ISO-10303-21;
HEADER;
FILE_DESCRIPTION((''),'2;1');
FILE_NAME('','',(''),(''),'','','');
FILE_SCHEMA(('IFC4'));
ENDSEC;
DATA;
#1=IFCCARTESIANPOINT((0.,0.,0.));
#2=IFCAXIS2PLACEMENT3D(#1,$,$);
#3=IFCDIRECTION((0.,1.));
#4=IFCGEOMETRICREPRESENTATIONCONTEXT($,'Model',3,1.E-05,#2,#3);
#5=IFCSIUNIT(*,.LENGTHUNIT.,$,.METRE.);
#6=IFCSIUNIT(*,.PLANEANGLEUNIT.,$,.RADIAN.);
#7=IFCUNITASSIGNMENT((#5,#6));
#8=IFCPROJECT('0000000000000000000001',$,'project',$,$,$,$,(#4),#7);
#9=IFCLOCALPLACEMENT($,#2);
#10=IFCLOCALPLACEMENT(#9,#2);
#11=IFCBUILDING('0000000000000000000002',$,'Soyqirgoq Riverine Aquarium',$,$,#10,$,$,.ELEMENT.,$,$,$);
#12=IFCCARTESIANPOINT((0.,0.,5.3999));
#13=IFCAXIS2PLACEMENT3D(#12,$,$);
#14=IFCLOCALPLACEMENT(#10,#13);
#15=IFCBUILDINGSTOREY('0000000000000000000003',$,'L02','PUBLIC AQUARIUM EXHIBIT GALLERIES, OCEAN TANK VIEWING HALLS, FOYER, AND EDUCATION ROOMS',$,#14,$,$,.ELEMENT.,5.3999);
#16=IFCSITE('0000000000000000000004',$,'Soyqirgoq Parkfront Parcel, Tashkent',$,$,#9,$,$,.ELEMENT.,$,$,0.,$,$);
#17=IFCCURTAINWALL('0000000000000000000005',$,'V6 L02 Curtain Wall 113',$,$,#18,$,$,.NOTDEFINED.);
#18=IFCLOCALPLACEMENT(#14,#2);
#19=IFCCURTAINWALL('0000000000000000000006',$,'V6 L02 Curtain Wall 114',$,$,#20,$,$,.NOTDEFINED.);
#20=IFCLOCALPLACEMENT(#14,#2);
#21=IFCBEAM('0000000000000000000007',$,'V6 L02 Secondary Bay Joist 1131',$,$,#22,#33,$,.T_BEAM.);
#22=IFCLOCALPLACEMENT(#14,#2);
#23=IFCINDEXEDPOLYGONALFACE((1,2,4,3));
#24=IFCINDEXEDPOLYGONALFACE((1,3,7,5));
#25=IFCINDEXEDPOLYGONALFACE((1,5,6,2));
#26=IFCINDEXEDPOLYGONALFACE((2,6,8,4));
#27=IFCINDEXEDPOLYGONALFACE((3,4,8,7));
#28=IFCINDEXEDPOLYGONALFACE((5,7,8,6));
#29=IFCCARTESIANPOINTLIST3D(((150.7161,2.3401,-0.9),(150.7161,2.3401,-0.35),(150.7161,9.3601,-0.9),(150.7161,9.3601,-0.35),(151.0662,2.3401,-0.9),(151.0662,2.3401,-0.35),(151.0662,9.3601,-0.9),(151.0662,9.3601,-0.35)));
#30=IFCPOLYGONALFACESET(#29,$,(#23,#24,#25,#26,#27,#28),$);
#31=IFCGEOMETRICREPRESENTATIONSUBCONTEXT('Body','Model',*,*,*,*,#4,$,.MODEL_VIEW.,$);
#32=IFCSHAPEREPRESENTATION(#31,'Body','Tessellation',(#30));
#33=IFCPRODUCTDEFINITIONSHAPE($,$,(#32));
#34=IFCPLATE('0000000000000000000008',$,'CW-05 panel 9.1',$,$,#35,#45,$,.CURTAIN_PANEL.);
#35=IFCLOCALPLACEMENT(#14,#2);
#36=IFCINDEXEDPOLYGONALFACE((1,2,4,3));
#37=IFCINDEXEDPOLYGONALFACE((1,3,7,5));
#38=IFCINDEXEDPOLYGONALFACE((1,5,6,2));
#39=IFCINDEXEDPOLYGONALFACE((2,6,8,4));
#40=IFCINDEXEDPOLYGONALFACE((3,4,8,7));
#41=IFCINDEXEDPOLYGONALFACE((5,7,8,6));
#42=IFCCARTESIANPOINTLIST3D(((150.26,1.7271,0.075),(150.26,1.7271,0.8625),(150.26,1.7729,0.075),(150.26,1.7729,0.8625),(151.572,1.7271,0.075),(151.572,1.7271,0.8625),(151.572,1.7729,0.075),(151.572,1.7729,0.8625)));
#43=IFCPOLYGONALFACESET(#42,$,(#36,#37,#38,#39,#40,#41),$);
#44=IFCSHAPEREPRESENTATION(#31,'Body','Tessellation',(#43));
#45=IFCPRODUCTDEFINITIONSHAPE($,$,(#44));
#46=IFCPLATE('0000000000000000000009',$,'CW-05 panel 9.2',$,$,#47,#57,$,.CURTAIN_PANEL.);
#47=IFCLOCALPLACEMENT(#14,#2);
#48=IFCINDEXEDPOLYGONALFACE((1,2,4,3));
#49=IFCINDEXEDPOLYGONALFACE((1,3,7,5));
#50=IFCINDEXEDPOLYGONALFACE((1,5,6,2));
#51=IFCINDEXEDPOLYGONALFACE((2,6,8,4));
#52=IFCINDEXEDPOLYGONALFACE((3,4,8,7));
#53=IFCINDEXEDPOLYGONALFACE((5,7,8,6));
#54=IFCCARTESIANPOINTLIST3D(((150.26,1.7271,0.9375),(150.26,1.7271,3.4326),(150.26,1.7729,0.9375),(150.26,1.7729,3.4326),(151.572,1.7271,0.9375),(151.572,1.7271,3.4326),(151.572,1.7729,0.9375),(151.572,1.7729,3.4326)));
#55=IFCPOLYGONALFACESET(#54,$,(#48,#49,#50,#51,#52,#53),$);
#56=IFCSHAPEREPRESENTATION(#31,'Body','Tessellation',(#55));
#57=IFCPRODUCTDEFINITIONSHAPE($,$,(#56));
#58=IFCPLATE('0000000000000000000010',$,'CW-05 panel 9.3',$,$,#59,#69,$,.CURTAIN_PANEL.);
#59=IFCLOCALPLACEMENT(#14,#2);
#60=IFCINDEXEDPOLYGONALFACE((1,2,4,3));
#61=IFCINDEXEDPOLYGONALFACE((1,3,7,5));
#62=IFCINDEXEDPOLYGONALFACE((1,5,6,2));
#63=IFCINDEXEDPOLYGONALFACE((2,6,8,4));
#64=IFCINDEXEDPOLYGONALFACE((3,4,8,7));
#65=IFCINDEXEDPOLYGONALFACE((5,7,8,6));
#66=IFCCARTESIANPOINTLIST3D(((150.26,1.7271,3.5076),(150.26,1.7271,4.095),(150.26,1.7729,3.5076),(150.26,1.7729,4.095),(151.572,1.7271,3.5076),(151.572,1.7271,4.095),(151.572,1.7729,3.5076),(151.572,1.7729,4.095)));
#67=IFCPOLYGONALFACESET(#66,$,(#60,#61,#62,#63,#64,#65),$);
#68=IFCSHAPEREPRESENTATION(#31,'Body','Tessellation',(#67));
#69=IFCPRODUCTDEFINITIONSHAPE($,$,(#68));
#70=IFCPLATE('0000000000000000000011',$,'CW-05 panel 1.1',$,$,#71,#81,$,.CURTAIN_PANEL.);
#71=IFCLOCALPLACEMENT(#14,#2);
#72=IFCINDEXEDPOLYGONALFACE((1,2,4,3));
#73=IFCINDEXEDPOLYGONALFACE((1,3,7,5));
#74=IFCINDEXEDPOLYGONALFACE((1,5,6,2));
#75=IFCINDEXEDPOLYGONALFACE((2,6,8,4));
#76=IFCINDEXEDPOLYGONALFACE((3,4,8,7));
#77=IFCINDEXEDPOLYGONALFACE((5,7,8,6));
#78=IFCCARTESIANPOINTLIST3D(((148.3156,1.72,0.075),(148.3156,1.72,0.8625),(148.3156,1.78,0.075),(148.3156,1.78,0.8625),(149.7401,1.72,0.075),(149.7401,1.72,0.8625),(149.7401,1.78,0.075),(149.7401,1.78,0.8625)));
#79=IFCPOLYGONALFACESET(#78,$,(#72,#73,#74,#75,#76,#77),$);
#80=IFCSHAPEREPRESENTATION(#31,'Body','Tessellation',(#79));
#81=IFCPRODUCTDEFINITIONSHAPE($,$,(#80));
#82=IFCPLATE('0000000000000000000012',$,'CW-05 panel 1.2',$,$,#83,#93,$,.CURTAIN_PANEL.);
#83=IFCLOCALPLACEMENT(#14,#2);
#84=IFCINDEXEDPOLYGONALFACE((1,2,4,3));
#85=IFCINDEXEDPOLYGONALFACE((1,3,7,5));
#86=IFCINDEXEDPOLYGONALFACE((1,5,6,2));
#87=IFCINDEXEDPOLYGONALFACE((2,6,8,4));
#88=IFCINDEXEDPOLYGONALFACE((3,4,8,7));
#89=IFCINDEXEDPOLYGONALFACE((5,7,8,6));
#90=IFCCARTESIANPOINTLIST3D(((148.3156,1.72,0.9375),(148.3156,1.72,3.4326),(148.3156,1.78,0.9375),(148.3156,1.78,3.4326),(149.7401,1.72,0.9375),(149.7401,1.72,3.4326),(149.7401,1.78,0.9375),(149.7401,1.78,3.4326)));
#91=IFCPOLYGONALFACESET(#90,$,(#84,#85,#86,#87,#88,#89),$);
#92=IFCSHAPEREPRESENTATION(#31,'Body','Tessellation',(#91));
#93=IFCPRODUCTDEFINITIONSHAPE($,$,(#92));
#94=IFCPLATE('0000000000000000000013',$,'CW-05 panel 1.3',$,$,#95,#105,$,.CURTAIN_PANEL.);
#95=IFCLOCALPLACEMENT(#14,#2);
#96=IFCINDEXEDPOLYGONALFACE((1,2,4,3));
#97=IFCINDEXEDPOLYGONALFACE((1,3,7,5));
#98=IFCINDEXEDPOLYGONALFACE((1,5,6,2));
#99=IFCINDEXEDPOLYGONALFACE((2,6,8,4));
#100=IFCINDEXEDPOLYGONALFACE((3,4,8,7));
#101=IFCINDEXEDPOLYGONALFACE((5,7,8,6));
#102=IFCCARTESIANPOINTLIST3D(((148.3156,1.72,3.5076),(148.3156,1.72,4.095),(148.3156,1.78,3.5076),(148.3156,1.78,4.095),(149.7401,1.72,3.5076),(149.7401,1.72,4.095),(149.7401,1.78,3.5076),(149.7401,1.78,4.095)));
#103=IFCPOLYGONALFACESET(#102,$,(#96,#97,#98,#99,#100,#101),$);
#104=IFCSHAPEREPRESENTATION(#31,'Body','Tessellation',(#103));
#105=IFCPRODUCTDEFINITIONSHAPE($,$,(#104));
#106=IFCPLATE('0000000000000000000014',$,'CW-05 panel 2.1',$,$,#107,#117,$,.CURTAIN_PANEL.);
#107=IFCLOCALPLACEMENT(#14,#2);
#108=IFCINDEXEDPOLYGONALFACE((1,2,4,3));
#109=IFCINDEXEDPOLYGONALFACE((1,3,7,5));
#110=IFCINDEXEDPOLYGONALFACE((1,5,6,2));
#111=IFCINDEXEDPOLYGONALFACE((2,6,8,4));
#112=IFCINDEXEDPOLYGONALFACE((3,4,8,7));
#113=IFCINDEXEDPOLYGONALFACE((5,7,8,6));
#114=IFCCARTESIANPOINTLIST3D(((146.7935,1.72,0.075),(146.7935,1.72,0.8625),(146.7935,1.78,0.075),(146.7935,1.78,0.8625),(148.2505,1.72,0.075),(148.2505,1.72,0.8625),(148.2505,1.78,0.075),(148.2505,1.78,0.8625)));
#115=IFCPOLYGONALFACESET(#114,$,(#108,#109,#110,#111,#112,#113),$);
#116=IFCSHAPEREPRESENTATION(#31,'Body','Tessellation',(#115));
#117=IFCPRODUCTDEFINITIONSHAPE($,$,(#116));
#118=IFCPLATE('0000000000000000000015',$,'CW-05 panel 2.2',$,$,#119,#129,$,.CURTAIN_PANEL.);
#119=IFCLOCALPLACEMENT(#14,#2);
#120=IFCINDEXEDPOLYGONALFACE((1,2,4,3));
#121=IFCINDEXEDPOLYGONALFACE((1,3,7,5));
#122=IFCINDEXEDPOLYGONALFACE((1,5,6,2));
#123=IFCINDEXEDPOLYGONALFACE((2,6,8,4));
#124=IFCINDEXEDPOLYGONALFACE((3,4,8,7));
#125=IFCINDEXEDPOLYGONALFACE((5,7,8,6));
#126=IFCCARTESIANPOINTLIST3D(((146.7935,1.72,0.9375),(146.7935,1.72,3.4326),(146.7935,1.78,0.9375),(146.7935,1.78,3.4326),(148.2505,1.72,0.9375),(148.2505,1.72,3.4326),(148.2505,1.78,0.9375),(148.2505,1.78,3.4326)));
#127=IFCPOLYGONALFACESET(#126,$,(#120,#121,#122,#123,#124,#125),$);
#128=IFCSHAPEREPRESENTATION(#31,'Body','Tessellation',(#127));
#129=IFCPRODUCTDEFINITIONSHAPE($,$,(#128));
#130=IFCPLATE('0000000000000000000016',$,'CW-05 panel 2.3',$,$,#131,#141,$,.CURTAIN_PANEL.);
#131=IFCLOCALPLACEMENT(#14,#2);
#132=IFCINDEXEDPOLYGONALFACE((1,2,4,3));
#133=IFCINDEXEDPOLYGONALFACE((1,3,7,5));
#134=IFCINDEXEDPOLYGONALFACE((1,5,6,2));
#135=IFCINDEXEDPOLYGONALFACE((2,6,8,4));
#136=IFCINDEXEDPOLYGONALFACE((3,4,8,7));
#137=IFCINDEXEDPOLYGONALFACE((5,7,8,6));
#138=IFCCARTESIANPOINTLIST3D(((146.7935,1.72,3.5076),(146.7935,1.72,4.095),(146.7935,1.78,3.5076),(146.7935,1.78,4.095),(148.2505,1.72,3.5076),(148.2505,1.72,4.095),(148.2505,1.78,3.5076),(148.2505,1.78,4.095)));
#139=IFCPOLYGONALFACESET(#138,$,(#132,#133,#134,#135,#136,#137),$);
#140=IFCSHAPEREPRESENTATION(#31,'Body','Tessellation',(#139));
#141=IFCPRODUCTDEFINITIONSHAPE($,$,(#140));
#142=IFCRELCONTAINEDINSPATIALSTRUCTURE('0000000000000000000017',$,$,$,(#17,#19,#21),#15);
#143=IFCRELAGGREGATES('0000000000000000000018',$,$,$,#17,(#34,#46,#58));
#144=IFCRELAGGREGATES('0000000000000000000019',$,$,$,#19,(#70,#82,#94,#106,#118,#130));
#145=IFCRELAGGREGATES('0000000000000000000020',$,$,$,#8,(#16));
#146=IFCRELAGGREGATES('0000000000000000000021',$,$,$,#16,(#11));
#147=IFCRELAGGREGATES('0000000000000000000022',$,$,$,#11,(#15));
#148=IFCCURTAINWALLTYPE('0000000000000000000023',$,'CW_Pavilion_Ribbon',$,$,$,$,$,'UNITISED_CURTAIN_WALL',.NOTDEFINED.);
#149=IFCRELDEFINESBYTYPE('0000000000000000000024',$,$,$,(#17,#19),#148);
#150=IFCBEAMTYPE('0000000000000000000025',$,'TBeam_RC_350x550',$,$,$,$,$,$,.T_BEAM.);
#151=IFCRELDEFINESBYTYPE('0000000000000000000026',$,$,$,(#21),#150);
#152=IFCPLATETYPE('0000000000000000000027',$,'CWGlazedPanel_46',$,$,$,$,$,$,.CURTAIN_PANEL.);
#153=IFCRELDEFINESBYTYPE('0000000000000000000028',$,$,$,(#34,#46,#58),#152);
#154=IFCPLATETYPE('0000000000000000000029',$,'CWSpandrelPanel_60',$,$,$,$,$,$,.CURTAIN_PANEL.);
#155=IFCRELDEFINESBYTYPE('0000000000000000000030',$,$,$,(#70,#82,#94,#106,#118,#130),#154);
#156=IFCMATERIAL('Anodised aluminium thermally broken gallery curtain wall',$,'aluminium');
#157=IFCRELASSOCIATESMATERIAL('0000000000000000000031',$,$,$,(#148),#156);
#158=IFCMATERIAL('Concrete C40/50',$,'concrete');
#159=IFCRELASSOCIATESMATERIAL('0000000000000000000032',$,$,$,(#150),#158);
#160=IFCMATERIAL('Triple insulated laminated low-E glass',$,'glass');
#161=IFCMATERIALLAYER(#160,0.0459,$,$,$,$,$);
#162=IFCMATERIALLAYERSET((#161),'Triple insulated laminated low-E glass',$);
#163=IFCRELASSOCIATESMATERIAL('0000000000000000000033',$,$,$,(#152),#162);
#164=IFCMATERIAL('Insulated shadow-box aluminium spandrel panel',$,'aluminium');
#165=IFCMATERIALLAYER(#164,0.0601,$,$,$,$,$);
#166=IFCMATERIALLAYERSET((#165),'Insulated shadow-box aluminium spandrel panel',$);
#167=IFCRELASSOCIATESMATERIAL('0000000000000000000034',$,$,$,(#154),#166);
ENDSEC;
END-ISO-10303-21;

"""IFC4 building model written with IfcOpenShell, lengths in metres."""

from ifc_helpers import new_model, si_unit, direction, frame, origin, origin_2d, place, context, subcontext, project, spatial, rectangle, extrude, material, layer, layer_set, material_profile, profile_set, type_object, element, aggregate, save


model = new_model("IFC4")

# Units and contexts
model_context = context("Model", 3, precision=1e-05, world=origin(), true_north=direction((0.0, 1.0)))
body_context = subcontext(model_context, "Body", "Model", "MODEL_VIEW")
ifc_project = project(units=[si_unit("LENGTHUNIT", "METRE"), si_unit("PLANEANGLEUNIT", "RADIAN")], contexts=[model_context])

# Site, building, storey
site_placement = place(None, origin())
site = spatial("IfcSite", under=ifc_project, at=site_placement, Name="Soyqirgoq Parkfront Parcel, Tashkent", CompositionType="ELEMENT", RefElevation=0.0)
building_placement = place(site_placement, origin())
building = spatial("IfcBuilding", under=site, at=building_placement, Name="Soyqirgoq Riverine Aquarium", CompositionType="ELEMENT")
storey_placement = place(building_placement, frame((0.0, 0.0, 5.3999)))
storey = spatial("IfcBuildingStorey", under=building, at=storey_placement, Name="L02", Description="PUBLIC AQUARIUM EXHIBIT GALLERIES, OCEAN TANK VIEWING HALLS, FOYER, AND EDUCATION ROOMS", CompositionType="ELEMENT", Elevation=5.3999)

# Curtain wall
ifc_material_1 = material(Name="Anodised aluminium thermally broken gallery curtain wall", Category="aluminium")
curtain_wall_type = type_object("IfcCurtainWallType", Name="CW_Pavilion_Ribbon", ElementType="UNITISED_CURTAIN_WALL", PredefinedType="NOTDEFINED", material=ifc_material_1)
curtain_wall_1_placement = place(storey_placement, origin())
curtain_wall_1 = element("IfcCurtainWall", 1, at=curtain_wall_1_placement, inside=storey, type_object=curtain_wall_type, Name="V6 L02 Curtain Wall 113", PredefinedType="NOTDEFINED")

# Curtain wall
curtain_wall_2_placement = place(storey_placement, origin())
curtain_wall_2 = element("IfcCurtainWall", 2, at=curtain_wall_2_placement, inside=storey, type_object=curtain_wall_type, Name="V6 L02 Curtain Wall 114", PredefinedType="NOTDEFINED")

# Beam
ifc_material_2 = material(Name="Concrete C40/50", Category="concrete")
ifc_material_profile_1 = material_profile(ifc_material_2, rectangle(XDim=0.3501, YDim=0.55, at=origin_2d()), Name="RC 350x550")
ifc_profile_set_1 = profile_set([ifc_material_profile_1], Name="Concrete C40/50")
beam_type_1 = type_object("IfcBeamType", Name="TBeam_RC_350x550", PredefinedType="T_BEAM", material=ifc_profile_set_1)
beam_1_placement = place(storey_placement, frame((150.8911, 2.3401, -0.625), z_axis=(0.0, 1.0, 0.0), x_axis=(-1.0, 0.0, 0.0)))
element("IfcBeam", 3, at=beam_1_placement, inside=storey, type_object=beam_type_1, Name="V6 L02 Secondary Bay Joist 1131", PredefinedType="T_BEAM", context=body_context, shape_type="SweptSolid", body=[
    extrude(rectangle(XDim=0.3501, YDim=0.55, at=origin_2d()), origin(), (0.0, 0.0, 1.0), 7.02),
])

# Plates
ifc_material_3 = material(Name="Triple insulated laminated low-E glass", Category="glass")
ifc_layer_1 = layer(ifc_material_3, 0.0459)
ifc_layer_set_1 = layer_set([ifc_layer_1], Name="Triple insulated laminated low-E glass")
plate_type_1 = type_object("IfcPlateType", Name="CWGlazedPanel_46", PredefinedType="CURTAIN_PANEL", material=ifc_layer_set_1)
plate_1_placement = place(storey_placement, frame((150.916, 1.75, 0.075), z_axis=(0.0, 0.0, 1.0), x_axis=(-1.0, 0.0, 0.0)))
plate_1 = element("IfcPlate", 4, at=plate_1_placement, type_object=plate_type_1, Name="CW-05 panel 9.1", PredefinedType="CURTAIN_PANEL", context=body_context, shape_type="SweptSolid", body=[
    extrude(rectangle(XDim=1.312, YDim=0.0459, at=origin_2d()), origin(), (0.0, 0.0, 1.0), 0.7876),
])
plate_2_placement = place(storey_placement, frame((150.916, 1.75, 0.9375), z_axis=(0.0, 0.0, 1.0), x_axis=(-1.0, 0.0, 0.0)))
plate_2 = element("IfcPlate", 5, at=plate_2_placement, type_object=plate_type_1, Name="CW-05 panel 9.2", PredefinedType="CURTAIN_PANEL", context=body_context, shape_type="SweptSolid", body=[
    extrude(rectangle(XDim=1.312, YDim=0.0459, at=origin_2d()), origin(), (0.0, 0.0, 1.0), 2.4951),
])
plate_3_placement = place(storey_placement, frame((150.916, 1.75, 3.5076), z_axis=(0.0, 0.0, 1.0), x_axis=(-1.0, 0.0, 0.0)))
plate_3 = element("IfcPlate", 6, at=plate_3_placement, type_object=plate_type_1, Name="CW-05 panel 9.3", PredefinedType="CURTAIN_PANEL", context=body_context, shape_type="SweptSolid", body=[
    extrude(rectangle(XDim=1.312, YDim=0.0459, at=origin_2d()), origin(), (0.0, 0.0, 1.0), 0.5874),
])
aggregate(curtain_wall_1, [plate_1, plate_2, plate_3])
ifc_material_4 = material(Name="Insulated shadow-box aluminium spandrel panel", Category="aluminium")
ifc_layer_2 = layer(ifc_material_4, 0.0601)
ifc_layer_set_2 = layer_set([ifc_layer_2], Name="Insulated shadow-box aluminium spandrel panel")
plate_type_2 = type_object("IfcPlateType", Name="CWSpandrelPanel_60", PredefinedType="CURTAIN_PANEL", material=ifc_layer_set_2)
plate_4_placement = place(storey_placement, frame((149.0278, 1.75, 0.075), z_axis=(0.0, 0.0, 1.0), x_axis=(-1.0, 0.0, 0.0)))
plate_4 = element("IfcPlate", 7, at=plate_4_placement, type_object=plate_type_2, Name="CW-05 panel 1.1", PredefinedType="CURTAIN_PANEL", context=body_context, shape_type="SweptSolid", body=[
    extrude(rectangle(XDim=1.4246, YDim=0.0601, at=origin_2d()), origin(), (0.0, 0.0, 1.0), 0.7876),
])
plate_5_placement = place(storey_placement, frame((149.0278, 1.75, 0.9375), z_axis=(0.0, 0.0, 1.0), x_axis=(-1.0, 0.0, 0.0)))
plate_5 = element("IfcPlate", 8, at=plate_5_placement, type_object=plate_type_2, Name="CW-05 panel 1.2", PredefinedType="CURTAIN_PANEL", context=body_context, shape_type="SweptSolid", body=[
    extrude(rectangle(XDim=1.4246, YDim=0.0601, at=origin_2d()), origin(), (0.0, 0.0, 1.0), 2.4951),
])
plate_6_placement = place(storey_placement, frame((149.0278, 1.75, 3.5076), z_axis=(0.0, 0.0, 1.0), x_axis=(-1.0, 0.0, 0.0)))
plate_6 = element("IfcPlate", 9, at=plate_6_placement, type_object=plate_type_2, Name="CW-05 panel 1.3", PredefinedType="CURTAIN_PANEL", context=body_context, shape_type="SweptSolid", body=[
    extrude(rectangle(XDim=1.4246, YDim=0.0601, at=origin_2d()), origin(), (0.0, 0.0, 1.0), 0.5874),
])
plate_7_placement = place(storey_placement, frame((147.522, 1.75, 0.075), z_axis=(0.0, 0.0, 1.0), x_axis=(-1.0, 0.0, 0.0)))
plate_7 = element("IfcPlate", 10, at=plate_7_placement, type_object=plate_type_2, Name="CW-05 panel 2.1", PredefinedType="CURTAIN_PANEL", context=body_context, shape_type="SweptSolid", body=[
    extrude(rectangle(XDim=1.457, YDim=0.0601, at=origin_2d()), origin(), (0.0, 0.0, 1.0), 0.7876),
])
plate_8_placement = place(storey_placement, frame((147.522, 1.75, 0.9375), z_axis=(0.0, 0.0, 1.0), x_axis=(-1.0, 0.0, 0.0)))
plate_8 = element("IfcPlate", 11, at=plate_8_placement, type_object=plate_type_2, Name="CW-05 panel 2.2", PredefinedType="CURTAIN_PANEL", context=body_context, shape_type="SweptSolid", body=[
    extrude(rectangle(XDim=1.457, YDim=0.0601, at=origin_2d()), origin(), (0.0, 0.0, 1.0), 2.4951),
])
plate_9_placement = place(storey_placement, frame((147.522, 1.75, 3.5076), z_axis=(0.0, 0.0, 1.0), x_axis=(-1.0, 0.0, 0.0)))
plate_9 = element("IfcPlate", 12, at=plate_9_placement, type_object=plate_type_2, Name="CW-05 panel 2.3", PredefinedType="CURTAIN_PANEL", context=body_context, shape_type="SweptSolid", body=[
    extrude(rectangle(XDim=1.457, YDim=0.0601, at=origin_2d()), origin(), (0.0, 0.0, 1.0), 0.5874),
])
aggregate(curtain_wall_2, [plate_4, plate_5, plate_6, plate_7, plate_8, plate_9])

save(model, "model.ifc")
